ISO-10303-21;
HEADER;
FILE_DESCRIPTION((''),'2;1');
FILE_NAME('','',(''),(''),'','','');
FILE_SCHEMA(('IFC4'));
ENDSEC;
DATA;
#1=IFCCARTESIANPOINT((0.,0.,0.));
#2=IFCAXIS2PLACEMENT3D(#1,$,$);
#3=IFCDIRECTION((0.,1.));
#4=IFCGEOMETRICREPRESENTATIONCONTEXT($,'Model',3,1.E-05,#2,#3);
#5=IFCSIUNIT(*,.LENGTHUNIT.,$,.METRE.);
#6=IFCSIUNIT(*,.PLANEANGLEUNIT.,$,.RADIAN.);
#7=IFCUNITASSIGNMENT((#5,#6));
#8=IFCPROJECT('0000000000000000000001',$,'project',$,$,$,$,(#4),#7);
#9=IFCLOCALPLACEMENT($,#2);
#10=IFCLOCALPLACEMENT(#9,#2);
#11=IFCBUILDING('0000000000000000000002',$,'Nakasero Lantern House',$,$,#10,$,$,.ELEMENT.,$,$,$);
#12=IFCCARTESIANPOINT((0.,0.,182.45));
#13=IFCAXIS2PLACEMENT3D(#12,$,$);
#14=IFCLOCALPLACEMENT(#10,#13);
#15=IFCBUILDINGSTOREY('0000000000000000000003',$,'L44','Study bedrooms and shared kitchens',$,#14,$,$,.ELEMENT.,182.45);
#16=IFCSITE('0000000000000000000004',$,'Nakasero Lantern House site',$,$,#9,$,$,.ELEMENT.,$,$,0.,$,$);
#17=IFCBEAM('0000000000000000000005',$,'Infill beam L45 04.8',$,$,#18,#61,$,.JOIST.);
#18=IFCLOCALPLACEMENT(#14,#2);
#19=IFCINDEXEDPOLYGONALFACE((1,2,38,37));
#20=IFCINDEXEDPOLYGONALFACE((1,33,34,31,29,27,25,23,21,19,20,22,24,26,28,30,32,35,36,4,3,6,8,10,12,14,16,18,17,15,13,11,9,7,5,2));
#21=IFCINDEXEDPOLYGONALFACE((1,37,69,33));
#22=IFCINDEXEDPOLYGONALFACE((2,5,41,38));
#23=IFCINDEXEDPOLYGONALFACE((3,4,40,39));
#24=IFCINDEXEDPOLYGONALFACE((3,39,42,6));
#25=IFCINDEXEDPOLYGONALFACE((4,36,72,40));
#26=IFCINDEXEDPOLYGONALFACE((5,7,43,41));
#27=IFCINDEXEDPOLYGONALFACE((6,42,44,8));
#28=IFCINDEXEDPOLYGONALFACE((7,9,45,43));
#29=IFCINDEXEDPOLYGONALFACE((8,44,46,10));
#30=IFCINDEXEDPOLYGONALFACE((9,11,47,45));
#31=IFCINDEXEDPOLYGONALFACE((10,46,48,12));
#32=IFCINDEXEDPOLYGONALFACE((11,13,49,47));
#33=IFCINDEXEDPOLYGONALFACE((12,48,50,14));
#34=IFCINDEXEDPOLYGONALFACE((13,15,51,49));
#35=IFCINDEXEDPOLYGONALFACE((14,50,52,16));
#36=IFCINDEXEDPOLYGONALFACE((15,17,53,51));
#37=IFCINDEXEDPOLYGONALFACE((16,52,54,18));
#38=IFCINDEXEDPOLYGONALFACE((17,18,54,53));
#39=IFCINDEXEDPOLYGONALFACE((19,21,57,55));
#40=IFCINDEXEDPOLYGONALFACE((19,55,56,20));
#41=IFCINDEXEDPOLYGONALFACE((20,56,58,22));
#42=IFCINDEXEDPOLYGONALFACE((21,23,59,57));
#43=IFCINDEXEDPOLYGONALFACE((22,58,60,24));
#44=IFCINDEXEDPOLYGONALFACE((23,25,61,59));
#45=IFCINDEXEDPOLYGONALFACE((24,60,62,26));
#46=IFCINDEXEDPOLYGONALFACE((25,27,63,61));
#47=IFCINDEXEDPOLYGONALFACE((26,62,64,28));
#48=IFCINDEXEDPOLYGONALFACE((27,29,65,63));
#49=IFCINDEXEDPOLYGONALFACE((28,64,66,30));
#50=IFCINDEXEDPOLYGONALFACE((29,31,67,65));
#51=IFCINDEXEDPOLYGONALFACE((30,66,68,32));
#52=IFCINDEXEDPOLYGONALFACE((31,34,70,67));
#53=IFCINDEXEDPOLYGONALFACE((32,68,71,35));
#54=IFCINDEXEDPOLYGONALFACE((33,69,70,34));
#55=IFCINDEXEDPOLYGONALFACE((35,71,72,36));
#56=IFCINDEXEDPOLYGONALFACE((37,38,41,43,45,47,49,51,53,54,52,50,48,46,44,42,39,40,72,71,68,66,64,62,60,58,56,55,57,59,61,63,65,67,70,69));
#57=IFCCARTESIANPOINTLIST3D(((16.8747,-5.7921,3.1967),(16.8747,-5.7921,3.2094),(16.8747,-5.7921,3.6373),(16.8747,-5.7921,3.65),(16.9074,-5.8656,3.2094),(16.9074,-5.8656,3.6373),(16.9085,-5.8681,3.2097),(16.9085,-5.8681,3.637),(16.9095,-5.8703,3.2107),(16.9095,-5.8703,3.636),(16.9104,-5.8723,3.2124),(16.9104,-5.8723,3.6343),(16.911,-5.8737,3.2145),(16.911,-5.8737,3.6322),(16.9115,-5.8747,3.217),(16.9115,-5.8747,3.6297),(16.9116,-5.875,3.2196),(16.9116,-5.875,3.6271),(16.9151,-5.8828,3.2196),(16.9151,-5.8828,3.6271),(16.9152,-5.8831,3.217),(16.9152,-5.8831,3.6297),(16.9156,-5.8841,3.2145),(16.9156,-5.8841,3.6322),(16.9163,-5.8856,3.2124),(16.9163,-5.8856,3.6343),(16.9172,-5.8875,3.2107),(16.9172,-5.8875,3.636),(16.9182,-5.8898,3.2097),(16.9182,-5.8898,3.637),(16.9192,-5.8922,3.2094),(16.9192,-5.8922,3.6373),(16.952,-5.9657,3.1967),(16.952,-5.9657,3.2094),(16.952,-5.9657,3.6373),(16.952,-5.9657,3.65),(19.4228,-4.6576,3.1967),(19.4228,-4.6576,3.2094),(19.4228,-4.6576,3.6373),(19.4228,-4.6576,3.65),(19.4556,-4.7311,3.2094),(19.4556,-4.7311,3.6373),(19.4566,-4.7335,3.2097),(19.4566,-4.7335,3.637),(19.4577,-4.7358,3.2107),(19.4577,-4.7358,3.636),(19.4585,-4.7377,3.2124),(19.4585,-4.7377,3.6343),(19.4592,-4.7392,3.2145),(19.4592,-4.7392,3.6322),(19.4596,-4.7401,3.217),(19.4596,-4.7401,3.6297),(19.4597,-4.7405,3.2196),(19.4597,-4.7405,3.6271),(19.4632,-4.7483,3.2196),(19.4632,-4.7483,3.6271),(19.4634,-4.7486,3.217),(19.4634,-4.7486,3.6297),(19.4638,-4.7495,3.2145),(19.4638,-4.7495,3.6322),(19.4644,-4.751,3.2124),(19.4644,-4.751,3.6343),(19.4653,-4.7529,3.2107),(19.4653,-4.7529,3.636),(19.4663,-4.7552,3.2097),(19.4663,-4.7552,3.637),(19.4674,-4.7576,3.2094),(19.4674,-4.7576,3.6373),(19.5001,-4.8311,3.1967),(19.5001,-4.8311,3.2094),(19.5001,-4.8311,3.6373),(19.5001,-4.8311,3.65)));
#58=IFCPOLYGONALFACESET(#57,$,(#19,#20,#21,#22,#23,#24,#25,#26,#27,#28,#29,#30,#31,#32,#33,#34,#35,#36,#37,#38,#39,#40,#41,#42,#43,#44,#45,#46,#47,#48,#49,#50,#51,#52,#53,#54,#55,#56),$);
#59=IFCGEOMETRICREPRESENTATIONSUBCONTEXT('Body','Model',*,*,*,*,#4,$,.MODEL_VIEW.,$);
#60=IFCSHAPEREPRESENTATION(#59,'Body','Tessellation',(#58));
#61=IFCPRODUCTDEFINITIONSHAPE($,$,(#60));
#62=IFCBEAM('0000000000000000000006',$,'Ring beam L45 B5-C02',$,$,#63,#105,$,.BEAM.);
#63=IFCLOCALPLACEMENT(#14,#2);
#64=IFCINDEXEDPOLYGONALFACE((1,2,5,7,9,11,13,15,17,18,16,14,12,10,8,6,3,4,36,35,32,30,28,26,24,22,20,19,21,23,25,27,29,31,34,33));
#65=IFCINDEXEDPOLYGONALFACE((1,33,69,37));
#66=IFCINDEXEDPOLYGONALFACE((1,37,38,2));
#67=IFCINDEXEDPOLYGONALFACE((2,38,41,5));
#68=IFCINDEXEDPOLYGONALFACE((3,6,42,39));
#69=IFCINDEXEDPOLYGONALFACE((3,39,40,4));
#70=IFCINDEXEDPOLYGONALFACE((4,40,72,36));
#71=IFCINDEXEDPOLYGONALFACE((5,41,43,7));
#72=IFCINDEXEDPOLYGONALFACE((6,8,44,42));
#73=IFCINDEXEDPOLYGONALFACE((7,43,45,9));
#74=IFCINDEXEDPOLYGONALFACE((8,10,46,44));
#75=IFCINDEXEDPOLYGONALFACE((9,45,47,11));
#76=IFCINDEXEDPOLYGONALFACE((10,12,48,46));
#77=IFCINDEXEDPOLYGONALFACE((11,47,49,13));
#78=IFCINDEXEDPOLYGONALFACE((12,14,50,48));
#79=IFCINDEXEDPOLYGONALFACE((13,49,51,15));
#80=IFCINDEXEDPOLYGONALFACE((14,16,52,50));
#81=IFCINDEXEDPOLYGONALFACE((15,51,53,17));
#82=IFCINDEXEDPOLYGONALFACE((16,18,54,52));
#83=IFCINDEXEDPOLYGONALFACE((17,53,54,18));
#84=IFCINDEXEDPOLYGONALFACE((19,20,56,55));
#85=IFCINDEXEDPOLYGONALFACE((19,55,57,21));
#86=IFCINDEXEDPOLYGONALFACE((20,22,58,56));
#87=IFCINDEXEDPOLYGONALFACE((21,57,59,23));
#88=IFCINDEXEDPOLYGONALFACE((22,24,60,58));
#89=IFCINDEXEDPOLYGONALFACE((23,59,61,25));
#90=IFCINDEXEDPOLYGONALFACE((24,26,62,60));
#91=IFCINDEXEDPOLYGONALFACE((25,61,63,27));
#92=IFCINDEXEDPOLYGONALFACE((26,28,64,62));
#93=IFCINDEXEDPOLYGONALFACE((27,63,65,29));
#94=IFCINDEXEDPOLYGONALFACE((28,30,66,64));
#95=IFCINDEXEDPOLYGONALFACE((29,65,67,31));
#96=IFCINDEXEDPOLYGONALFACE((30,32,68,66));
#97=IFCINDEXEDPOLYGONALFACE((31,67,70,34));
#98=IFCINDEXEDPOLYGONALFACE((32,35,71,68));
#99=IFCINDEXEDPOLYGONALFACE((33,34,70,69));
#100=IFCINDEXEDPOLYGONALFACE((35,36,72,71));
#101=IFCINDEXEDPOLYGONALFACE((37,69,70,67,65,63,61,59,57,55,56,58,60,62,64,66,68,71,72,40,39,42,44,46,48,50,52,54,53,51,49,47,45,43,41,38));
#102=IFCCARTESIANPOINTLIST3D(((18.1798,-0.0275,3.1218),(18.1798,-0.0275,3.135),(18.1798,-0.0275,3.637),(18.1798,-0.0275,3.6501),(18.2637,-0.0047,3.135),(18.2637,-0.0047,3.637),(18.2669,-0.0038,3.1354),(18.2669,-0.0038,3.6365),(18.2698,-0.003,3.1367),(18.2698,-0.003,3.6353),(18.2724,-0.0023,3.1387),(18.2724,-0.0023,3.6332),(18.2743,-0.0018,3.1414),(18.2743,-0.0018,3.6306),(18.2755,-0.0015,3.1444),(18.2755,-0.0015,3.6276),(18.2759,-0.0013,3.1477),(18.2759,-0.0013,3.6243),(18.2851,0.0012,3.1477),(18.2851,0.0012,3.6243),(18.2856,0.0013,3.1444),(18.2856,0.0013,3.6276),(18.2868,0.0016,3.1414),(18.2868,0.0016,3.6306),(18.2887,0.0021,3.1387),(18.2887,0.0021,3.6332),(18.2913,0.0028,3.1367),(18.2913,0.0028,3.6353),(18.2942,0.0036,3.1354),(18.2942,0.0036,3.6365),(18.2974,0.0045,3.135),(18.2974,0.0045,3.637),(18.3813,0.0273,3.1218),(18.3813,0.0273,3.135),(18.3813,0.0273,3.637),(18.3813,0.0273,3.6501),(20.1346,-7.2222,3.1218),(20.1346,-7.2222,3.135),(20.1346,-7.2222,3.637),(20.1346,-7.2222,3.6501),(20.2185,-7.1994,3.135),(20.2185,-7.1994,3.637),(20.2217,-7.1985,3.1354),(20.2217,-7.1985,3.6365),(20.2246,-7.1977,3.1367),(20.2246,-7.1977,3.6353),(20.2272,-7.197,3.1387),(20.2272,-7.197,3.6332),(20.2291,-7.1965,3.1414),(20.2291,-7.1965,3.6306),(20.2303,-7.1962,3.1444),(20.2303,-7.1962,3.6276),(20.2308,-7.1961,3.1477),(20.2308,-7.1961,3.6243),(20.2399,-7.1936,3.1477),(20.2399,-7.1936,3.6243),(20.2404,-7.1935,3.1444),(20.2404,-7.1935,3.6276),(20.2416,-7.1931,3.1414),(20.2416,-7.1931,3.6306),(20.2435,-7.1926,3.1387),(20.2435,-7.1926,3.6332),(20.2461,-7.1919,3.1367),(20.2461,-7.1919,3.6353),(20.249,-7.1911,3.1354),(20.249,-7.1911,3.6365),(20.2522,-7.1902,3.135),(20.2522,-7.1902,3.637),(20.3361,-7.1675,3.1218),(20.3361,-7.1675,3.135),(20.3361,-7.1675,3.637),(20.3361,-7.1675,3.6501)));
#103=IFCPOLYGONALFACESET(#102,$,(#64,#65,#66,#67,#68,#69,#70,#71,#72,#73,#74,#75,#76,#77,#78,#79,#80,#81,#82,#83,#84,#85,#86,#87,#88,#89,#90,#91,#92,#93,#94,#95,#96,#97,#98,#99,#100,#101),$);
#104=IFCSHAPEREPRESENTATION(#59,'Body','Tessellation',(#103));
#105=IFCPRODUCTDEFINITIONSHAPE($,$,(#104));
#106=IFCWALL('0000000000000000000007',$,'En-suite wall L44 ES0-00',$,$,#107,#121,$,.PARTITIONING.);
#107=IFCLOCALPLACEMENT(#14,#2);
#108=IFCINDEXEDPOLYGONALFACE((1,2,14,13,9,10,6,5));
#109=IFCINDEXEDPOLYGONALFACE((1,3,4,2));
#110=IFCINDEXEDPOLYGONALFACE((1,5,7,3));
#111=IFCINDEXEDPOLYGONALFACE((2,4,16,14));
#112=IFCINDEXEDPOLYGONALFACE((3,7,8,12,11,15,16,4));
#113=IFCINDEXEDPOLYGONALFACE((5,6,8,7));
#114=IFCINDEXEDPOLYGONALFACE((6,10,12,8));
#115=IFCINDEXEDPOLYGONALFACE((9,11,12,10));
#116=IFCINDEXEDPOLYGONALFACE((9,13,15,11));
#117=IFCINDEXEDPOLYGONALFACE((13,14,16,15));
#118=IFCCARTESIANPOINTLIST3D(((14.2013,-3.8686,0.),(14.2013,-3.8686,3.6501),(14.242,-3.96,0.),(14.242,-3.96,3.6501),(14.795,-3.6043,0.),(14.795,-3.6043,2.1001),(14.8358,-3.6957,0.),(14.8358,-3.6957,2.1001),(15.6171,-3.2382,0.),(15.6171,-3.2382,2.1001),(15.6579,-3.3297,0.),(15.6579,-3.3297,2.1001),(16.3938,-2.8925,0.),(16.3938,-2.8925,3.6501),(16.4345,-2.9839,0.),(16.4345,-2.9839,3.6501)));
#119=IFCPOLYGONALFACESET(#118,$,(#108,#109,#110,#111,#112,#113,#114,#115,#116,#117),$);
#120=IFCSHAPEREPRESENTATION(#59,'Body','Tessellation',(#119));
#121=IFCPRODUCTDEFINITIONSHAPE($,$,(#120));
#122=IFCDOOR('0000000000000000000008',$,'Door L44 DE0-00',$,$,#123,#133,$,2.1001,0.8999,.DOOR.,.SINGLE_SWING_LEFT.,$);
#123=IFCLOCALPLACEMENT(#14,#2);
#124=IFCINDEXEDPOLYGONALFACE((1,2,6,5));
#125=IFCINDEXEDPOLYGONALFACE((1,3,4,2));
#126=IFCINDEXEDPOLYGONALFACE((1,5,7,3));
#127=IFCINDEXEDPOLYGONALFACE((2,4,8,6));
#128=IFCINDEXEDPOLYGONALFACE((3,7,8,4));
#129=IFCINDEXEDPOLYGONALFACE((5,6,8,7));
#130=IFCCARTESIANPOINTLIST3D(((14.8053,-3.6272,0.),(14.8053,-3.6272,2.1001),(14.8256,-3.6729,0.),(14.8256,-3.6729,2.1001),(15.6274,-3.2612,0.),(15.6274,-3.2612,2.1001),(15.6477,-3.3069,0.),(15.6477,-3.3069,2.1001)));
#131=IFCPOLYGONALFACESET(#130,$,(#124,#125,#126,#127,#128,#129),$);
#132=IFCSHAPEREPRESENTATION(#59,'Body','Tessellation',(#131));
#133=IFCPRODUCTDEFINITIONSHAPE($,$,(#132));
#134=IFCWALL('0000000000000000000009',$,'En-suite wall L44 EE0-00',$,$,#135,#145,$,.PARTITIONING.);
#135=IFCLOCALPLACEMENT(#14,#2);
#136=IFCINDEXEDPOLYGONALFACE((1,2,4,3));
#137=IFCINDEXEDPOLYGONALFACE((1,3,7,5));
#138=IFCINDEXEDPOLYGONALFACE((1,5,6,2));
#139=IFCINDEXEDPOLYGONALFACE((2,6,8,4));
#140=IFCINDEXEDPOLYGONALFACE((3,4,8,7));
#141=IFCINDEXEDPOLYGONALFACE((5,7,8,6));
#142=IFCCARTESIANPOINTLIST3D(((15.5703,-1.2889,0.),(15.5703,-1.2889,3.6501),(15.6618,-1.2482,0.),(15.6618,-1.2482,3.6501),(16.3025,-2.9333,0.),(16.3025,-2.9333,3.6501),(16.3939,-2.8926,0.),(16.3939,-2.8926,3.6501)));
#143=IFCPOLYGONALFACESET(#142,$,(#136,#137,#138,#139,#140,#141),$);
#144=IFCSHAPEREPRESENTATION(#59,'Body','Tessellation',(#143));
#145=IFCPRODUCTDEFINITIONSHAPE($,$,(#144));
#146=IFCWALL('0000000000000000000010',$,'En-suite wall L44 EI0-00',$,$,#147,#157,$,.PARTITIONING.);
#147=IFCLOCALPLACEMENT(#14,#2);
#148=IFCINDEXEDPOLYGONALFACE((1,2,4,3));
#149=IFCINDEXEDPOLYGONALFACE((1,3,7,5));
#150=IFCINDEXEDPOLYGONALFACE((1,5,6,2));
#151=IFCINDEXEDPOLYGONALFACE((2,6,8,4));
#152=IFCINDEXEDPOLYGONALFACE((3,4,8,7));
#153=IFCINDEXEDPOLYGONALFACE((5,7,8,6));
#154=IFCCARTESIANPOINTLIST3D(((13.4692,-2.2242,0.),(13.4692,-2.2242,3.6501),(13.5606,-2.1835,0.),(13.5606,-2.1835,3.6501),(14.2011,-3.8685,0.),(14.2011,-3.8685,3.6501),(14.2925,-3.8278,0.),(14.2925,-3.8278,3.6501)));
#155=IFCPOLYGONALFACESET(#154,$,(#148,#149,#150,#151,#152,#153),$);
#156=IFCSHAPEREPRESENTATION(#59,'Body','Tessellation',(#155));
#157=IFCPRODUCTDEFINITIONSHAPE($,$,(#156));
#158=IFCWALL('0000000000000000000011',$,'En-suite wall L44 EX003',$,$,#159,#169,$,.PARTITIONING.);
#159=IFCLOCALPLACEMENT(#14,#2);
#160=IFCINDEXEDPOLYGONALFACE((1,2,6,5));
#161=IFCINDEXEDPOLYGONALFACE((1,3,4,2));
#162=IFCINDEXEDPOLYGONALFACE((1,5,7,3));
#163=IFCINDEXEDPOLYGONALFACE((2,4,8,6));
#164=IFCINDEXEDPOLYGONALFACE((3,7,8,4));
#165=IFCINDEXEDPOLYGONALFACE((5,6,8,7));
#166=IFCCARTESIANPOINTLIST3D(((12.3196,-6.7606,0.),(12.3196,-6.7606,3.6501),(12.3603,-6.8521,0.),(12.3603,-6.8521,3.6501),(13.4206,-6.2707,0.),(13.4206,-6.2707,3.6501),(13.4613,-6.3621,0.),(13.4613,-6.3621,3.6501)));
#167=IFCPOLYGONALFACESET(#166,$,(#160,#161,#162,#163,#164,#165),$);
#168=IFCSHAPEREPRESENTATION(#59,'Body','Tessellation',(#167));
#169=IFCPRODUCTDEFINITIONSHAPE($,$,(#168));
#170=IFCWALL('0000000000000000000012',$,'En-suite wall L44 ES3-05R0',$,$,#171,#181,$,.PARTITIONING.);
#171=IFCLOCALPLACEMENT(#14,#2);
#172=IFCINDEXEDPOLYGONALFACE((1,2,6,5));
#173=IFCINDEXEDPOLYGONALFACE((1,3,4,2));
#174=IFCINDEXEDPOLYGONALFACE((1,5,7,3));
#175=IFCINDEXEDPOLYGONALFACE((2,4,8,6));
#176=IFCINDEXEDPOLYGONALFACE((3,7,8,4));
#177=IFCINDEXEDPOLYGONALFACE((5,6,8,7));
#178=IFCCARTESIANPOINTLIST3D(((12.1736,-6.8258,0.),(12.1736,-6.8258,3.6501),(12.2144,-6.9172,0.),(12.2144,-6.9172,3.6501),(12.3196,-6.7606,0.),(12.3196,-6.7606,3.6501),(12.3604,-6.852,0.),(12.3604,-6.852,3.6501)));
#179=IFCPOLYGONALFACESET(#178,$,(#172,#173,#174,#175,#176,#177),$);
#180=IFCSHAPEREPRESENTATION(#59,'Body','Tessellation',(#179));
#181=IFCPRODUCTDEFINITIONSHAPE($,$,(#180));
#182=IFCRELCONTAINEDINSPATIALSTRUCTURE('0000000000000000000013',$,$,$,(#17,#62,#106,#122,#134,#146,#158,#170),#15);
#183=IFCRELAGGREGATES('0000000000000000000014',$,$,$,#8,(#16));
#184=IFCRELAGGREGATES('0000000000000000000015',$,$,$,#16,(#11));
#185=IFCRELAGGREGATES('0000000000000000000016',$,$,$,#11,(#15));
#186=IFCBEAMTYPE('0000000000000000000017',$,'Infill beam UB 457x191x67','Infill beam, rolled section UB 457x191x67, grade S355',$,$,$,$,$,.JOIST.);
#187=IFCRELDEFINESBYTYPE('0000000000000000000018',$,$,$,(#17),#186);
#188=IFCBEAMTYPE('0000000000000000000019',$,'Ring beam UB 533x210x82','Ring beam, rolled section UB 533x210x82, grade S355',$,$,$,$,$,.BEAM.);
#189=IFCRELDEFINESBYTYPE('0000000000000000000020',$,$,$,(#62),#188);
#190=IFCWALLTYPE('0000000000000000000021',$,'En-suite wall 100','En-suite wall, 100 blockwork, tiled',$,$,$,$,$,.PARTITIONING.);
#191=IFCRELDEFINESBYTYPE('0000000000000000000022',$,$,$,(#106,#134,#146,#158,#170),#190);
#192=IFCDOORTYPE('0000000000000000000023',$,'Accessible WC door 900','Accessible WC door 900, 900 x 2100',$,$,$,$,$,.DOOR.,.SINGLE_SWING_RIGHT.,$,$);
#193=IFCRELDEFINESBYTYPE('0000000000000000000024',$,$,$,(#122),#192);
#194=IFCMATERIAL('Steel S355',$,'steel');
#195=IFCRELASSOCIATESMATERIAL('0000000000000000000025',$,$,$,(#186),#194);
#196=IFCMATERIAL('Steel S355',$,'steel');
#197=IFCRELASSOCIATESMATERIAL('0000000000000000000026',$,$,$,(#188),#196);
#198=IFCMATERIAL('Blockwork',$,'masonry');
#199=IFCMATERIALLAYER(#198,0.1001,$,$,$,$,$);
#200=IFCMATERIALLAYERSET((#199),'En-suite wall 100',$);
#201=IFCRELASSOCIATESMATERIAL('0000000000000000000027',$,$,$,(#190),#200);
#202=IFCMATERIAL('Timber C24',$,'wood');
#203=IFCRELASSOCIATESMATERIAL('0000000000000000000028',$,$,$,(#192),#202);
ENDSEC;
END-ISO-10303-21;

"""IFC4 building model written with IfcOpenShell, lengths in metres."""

from ifc_helpers import new_model, si_unit, direction, frame, frame_2d, origin, origin_2d, place, context, subcontext, project, spatial, rectangle, i_section, extrude, material, layer, layer_set, material_profile, profile_set, type_object, element, fill, save


model = new_model("IFC4")

# Units and contexts
model_context = context("Model", 3, precision=1e-05, world=origin(), true_north=direction((0.0, 1.0)))
body_context = subcontext(model_context, "Body", "Model", "MODEL_VIEW")
ifc_project = project(units=[si_unit("LENGTHUNIT", "METRE"), si_unit("PLANEANGLEUNIT", "RADIAN")], contexts=[model_context])

# Site, building, storey
site_placement = place(None, origin())
site = spatial("IfcSite", under=ifc_project, at=site_placement, Name="Nakasero Lantern House site", CompositionType="ELEMENT", RefElevation=0.0)
building_placement = place(site_placement, origin())
building = spatial("IfcBuilding", under=site, at=building_placement, Name="Nakasero Lantern House", CompositionType="ELEMENT")
storey_placement = place(building_placement, frame((0.0, 0.0, 182.45)))
storey = spatial("IfcBuildingStorey", under=building, at=storey_placement, Name="L44", Description="Study bedrooms and shared kitchens", CompositionType="ELEMENT", Elevation=182.45)

# Beams
ifc_material_1 = material(Name="Steel S355", Category="steel")
ifc_material_profile_1 = material_profile(ifc_material_1, i_section(OverallWidth=0.1899, OverallDepth=0.4534, WebThickness=0.0085, FlangeThickness=0.0127, FilletRadius=0.0103, at=origin_2d()), Name="UB 457x191x67")
ifc_profile_set_1 = profile_set([ifc_material_profile_1], Name="Steel S355")
beam_type_1 = type_object("IfcBeamType", Name="Infill beam UB 457x191x67", Description="Infill beam, rolled section UB 457x191x67, grade S355", PredefinedType="JOIST", material=ifc_profile_set_1)
beam_1_placement = place(storey_placement, frame((16.9133, -5.8789, 3.4233), z_axis=(0.913541, 0.406747, 0.0), x_axis=(-0.406747, 0.913541, 0.0)))
element("IfcBeam", 1, at=beam_1_placement, inside=storey, type_object=beam_type_1, Name="Infill beam L45 04.8", PredefinedType="JOIST", context=body_context, shape_type="SweptSolid", body=[
    extrude(i_section(OverallWidth=0.1899, OverallDepth=0.4534, WebThickness=0.0085, FlangeThickness=0.0127, FilletRadius=0.0103, at=origin_2d()), origin(), (0.0, 0.0, 1.0), 2.7893),
])
ifc_material_2 = material(Name="Steel S355", Category="steel")
ifc_material_profile_2 = material_profile(ifc_material_2, i_section(OverallWidth=0.2087, OverallDepth=0.5283, WebThickness=0.0095, FlangeThickness=0.0132, FilletRadius=0.0127, at=origin_2d()), Name="UB 533x210x82")
ifc_profile_set_2 = profile_set([ifc_material_profile_2], Name="Steel S355")
beam_type_2 = type_object("IfcBeamType", Name="Ring beam UB 533x210x82", Description="Ring beam, rolled section UB 533x210x82, grade S355", PredefinedType="BEAM", material=ifc_profile_set_2)
beam_2_placement = place(storey_placement, frame((20.2354, -7.1948, 3.386), z_axis=(-0.262195, 0.965015, 0.0), x_axis=(-0.965015, -0.262195, 0.0)))
element("IfcBeam", 2, at=beam_2_placement, inside=storey, type_object=beam_type_2, Name="Ring beam L45 B5-C02", PredefinedType="BEAM", context=body_context, shape_type="SweptSolid", body=[
    extrude(i_section(OverallWidth=0.2087, OverallDepth=0.5283, WebThickness=0.0095, FlangeThickness=0.0132, FilletRadius=0.0127, at=origin_2d()), origin(), (0.0, 0.0, 1.0), 7.4556),
])

# Wall, opening, door
ifc_material_3 = material(Name="Blockwork", Category="masonry")
ifc_layer_1 = layer(ifc_material_3, 0.1001)
ifc_layer_set_1 = layer_set([ifc_layer_1], Name="En-suite wall 100")
wall_type_1 = type_object("IfcWallType", Name="En-suite wall 100", Description="En-suite wall, 100 blockwork, tiled", PredefinedType="PARTITIONING", material=ifc_layer_set_1)
wall_1_placement = place(storey_placement, frame((14.2217, -3.9143, 0.0), z_axis=(0.0, 0.0, 1.0), x_axis=(0.913551, 0.406724, 0.0)))
wall_1 = element("IfcWall", 3, at=wall_1_placement, inside=storey, type_object=wall_type_1, Name="En-suite wall L44 ES0-00", PredefinedType="PARTITIONING", context=body_context, shape_type="SweptSolid", body=[
    extrude(rectangle(XDim=2.3999, YDim=0.1001, at=frame_2d((1.2, 0.0))), origin(), (0.0, 0.0, 1.0), 3.6501),
])
opening_1_placement = place(wall_1_placement, frame((0.6499, 0.0, 0.0)))
opening_1 = element("IfcOpeningElement", 4, at=opening_1_placement, cuts=wall_1, PredefinedType="OPENING", context=body_context, shape_type="SweptSolid", body=[
    extrude(rectangle(XDim=0.8999, YDim=2.1001, at=frame_2d((0.45, 1.05))), frame((0.0, 0.0701, 0.0), z_axis=(0.0, -1.0, 0.0), x_axis=(1.0, 0.0, 0.0)), (0.0, 0.0, 1.0), 0.1401),
])
ifc_material_4 = material(Name="Timber C24", Category="wood")
door_type = type_object("IfcDoorType", Name="Accessible WC door 900", Description="Accessible WC door 900, 900 x 2100", OperationType="SINGLE_SWING_RIGHT", PredefinedType="DOOR", material=ifc_material_4)
door_placement = place(opening_1_placement, origin())
door = element("IfcDoor", 5, at=door_placement, inside=storey, type_object=door_type, Name="Door L44 DE0-00", OperationType="SINGLE_SWING_LEFT", OverallHeight=2.1001, OverallWidth=0.8999, PredefinedType="DOOR", context=body_context, shape_type="SweptSolid", body=[
    extrude(rectangle(XDim=0.8999, YDim=2.1001, at=frame_2d((0.45, 1.05))), frame((0.0, 0.0249, 0.0), z_axis=(0.0, -1.0, 0.0), x_axis=(1.0, 0.0, 0.0)), (0.0, 0.0, 1.0), 0.05),
])
fill(opening_1, door)

# Walls
wall_2_placement = place(storey_placement, frame((16.3481, -2.9128, 0.0), z_axis=(0.0, 0.0, 1.0), x_axis=(-0.40673, 0.913549, 0.0)))
element("IfcWall", 6, at=wall_2_placement, inside=storey, type_object=wall_type_1, Name="En-suite wall L44 EE0-00", PredefinedType="PARTITIONING", context=body_context, shape_type="SweptSolid", body=[
    extrude(rectangle(XDim=1.8, YDim=0.1001, at=frame_2d((0.8999, 0.0))), origin(), (0.0, 0.0, 1.0), 3.6501),
])
wall_3_placement = place(storey_placement, frame((14.2468, -3.8481, 0.0), z_axis=(0.0, 0.0, 1.0), x_axis=(-0.406667, 0.913576, 0.0)))
element("IfcWall", 7, at=wall_3_placement, inside=storey, type_object=wall_type_1, Name="En-suite wall L44 EI0-00", PredefinedType="PARTITIONING", context=body_context, shape_type="SweptSolid", body=[
    extrude(rectangle(XDim=1.7998, YDim=0.1001, at=frame_2d((0.8999, 0.0))), origin(), (0.0, 0.0, 1.0), 3.6501),
])
wall_4_placement = place(storey_placement, frame((13.4409, -6.3164, 0.0), z_axis=(0.0, 0.0, 1.0), x_axis=(-0.913619, -0.406571, 0.0)))
element("IfcWall", 8, at=wall_4_placement, inside=storey, type_object=wall_type_1, Name="En-suite wall L44 EX003", PredefinedType="PARTITIONING", context=body_context, shape_type="SweptSolid", body=[
    extrude(rectangle(XDim=1.2051, YDim=0.1001, at=frame_2d((0.6025, 0.0))), origin(), (0.0, 0.0, 1.0), 3.6501),
])
wall_5_placement = place(storey_placement, frame((12.1938, -6.8716, 0.0), z_axis=(0.0, 0.0, 1.0), x_axis=(0.913118, 0.407696, 0.0)))
element("IfcWall", 9, at=wall_5_placement, inside=storey, type_object=wall_type_1, Name="En-suite wall L44 ES3-05R0", PredefinedType="PARTITIONING", context=body_context, shape_type="SweptSolid", body=[
    extrude(rectangle(XDim=0.1599, YDim=0.1001, at=frame_2d((0.0801, 0.0))), origin(), (0.0, 0.0, 1.0), 3.6501),
])

save(model, "model.ifc")
